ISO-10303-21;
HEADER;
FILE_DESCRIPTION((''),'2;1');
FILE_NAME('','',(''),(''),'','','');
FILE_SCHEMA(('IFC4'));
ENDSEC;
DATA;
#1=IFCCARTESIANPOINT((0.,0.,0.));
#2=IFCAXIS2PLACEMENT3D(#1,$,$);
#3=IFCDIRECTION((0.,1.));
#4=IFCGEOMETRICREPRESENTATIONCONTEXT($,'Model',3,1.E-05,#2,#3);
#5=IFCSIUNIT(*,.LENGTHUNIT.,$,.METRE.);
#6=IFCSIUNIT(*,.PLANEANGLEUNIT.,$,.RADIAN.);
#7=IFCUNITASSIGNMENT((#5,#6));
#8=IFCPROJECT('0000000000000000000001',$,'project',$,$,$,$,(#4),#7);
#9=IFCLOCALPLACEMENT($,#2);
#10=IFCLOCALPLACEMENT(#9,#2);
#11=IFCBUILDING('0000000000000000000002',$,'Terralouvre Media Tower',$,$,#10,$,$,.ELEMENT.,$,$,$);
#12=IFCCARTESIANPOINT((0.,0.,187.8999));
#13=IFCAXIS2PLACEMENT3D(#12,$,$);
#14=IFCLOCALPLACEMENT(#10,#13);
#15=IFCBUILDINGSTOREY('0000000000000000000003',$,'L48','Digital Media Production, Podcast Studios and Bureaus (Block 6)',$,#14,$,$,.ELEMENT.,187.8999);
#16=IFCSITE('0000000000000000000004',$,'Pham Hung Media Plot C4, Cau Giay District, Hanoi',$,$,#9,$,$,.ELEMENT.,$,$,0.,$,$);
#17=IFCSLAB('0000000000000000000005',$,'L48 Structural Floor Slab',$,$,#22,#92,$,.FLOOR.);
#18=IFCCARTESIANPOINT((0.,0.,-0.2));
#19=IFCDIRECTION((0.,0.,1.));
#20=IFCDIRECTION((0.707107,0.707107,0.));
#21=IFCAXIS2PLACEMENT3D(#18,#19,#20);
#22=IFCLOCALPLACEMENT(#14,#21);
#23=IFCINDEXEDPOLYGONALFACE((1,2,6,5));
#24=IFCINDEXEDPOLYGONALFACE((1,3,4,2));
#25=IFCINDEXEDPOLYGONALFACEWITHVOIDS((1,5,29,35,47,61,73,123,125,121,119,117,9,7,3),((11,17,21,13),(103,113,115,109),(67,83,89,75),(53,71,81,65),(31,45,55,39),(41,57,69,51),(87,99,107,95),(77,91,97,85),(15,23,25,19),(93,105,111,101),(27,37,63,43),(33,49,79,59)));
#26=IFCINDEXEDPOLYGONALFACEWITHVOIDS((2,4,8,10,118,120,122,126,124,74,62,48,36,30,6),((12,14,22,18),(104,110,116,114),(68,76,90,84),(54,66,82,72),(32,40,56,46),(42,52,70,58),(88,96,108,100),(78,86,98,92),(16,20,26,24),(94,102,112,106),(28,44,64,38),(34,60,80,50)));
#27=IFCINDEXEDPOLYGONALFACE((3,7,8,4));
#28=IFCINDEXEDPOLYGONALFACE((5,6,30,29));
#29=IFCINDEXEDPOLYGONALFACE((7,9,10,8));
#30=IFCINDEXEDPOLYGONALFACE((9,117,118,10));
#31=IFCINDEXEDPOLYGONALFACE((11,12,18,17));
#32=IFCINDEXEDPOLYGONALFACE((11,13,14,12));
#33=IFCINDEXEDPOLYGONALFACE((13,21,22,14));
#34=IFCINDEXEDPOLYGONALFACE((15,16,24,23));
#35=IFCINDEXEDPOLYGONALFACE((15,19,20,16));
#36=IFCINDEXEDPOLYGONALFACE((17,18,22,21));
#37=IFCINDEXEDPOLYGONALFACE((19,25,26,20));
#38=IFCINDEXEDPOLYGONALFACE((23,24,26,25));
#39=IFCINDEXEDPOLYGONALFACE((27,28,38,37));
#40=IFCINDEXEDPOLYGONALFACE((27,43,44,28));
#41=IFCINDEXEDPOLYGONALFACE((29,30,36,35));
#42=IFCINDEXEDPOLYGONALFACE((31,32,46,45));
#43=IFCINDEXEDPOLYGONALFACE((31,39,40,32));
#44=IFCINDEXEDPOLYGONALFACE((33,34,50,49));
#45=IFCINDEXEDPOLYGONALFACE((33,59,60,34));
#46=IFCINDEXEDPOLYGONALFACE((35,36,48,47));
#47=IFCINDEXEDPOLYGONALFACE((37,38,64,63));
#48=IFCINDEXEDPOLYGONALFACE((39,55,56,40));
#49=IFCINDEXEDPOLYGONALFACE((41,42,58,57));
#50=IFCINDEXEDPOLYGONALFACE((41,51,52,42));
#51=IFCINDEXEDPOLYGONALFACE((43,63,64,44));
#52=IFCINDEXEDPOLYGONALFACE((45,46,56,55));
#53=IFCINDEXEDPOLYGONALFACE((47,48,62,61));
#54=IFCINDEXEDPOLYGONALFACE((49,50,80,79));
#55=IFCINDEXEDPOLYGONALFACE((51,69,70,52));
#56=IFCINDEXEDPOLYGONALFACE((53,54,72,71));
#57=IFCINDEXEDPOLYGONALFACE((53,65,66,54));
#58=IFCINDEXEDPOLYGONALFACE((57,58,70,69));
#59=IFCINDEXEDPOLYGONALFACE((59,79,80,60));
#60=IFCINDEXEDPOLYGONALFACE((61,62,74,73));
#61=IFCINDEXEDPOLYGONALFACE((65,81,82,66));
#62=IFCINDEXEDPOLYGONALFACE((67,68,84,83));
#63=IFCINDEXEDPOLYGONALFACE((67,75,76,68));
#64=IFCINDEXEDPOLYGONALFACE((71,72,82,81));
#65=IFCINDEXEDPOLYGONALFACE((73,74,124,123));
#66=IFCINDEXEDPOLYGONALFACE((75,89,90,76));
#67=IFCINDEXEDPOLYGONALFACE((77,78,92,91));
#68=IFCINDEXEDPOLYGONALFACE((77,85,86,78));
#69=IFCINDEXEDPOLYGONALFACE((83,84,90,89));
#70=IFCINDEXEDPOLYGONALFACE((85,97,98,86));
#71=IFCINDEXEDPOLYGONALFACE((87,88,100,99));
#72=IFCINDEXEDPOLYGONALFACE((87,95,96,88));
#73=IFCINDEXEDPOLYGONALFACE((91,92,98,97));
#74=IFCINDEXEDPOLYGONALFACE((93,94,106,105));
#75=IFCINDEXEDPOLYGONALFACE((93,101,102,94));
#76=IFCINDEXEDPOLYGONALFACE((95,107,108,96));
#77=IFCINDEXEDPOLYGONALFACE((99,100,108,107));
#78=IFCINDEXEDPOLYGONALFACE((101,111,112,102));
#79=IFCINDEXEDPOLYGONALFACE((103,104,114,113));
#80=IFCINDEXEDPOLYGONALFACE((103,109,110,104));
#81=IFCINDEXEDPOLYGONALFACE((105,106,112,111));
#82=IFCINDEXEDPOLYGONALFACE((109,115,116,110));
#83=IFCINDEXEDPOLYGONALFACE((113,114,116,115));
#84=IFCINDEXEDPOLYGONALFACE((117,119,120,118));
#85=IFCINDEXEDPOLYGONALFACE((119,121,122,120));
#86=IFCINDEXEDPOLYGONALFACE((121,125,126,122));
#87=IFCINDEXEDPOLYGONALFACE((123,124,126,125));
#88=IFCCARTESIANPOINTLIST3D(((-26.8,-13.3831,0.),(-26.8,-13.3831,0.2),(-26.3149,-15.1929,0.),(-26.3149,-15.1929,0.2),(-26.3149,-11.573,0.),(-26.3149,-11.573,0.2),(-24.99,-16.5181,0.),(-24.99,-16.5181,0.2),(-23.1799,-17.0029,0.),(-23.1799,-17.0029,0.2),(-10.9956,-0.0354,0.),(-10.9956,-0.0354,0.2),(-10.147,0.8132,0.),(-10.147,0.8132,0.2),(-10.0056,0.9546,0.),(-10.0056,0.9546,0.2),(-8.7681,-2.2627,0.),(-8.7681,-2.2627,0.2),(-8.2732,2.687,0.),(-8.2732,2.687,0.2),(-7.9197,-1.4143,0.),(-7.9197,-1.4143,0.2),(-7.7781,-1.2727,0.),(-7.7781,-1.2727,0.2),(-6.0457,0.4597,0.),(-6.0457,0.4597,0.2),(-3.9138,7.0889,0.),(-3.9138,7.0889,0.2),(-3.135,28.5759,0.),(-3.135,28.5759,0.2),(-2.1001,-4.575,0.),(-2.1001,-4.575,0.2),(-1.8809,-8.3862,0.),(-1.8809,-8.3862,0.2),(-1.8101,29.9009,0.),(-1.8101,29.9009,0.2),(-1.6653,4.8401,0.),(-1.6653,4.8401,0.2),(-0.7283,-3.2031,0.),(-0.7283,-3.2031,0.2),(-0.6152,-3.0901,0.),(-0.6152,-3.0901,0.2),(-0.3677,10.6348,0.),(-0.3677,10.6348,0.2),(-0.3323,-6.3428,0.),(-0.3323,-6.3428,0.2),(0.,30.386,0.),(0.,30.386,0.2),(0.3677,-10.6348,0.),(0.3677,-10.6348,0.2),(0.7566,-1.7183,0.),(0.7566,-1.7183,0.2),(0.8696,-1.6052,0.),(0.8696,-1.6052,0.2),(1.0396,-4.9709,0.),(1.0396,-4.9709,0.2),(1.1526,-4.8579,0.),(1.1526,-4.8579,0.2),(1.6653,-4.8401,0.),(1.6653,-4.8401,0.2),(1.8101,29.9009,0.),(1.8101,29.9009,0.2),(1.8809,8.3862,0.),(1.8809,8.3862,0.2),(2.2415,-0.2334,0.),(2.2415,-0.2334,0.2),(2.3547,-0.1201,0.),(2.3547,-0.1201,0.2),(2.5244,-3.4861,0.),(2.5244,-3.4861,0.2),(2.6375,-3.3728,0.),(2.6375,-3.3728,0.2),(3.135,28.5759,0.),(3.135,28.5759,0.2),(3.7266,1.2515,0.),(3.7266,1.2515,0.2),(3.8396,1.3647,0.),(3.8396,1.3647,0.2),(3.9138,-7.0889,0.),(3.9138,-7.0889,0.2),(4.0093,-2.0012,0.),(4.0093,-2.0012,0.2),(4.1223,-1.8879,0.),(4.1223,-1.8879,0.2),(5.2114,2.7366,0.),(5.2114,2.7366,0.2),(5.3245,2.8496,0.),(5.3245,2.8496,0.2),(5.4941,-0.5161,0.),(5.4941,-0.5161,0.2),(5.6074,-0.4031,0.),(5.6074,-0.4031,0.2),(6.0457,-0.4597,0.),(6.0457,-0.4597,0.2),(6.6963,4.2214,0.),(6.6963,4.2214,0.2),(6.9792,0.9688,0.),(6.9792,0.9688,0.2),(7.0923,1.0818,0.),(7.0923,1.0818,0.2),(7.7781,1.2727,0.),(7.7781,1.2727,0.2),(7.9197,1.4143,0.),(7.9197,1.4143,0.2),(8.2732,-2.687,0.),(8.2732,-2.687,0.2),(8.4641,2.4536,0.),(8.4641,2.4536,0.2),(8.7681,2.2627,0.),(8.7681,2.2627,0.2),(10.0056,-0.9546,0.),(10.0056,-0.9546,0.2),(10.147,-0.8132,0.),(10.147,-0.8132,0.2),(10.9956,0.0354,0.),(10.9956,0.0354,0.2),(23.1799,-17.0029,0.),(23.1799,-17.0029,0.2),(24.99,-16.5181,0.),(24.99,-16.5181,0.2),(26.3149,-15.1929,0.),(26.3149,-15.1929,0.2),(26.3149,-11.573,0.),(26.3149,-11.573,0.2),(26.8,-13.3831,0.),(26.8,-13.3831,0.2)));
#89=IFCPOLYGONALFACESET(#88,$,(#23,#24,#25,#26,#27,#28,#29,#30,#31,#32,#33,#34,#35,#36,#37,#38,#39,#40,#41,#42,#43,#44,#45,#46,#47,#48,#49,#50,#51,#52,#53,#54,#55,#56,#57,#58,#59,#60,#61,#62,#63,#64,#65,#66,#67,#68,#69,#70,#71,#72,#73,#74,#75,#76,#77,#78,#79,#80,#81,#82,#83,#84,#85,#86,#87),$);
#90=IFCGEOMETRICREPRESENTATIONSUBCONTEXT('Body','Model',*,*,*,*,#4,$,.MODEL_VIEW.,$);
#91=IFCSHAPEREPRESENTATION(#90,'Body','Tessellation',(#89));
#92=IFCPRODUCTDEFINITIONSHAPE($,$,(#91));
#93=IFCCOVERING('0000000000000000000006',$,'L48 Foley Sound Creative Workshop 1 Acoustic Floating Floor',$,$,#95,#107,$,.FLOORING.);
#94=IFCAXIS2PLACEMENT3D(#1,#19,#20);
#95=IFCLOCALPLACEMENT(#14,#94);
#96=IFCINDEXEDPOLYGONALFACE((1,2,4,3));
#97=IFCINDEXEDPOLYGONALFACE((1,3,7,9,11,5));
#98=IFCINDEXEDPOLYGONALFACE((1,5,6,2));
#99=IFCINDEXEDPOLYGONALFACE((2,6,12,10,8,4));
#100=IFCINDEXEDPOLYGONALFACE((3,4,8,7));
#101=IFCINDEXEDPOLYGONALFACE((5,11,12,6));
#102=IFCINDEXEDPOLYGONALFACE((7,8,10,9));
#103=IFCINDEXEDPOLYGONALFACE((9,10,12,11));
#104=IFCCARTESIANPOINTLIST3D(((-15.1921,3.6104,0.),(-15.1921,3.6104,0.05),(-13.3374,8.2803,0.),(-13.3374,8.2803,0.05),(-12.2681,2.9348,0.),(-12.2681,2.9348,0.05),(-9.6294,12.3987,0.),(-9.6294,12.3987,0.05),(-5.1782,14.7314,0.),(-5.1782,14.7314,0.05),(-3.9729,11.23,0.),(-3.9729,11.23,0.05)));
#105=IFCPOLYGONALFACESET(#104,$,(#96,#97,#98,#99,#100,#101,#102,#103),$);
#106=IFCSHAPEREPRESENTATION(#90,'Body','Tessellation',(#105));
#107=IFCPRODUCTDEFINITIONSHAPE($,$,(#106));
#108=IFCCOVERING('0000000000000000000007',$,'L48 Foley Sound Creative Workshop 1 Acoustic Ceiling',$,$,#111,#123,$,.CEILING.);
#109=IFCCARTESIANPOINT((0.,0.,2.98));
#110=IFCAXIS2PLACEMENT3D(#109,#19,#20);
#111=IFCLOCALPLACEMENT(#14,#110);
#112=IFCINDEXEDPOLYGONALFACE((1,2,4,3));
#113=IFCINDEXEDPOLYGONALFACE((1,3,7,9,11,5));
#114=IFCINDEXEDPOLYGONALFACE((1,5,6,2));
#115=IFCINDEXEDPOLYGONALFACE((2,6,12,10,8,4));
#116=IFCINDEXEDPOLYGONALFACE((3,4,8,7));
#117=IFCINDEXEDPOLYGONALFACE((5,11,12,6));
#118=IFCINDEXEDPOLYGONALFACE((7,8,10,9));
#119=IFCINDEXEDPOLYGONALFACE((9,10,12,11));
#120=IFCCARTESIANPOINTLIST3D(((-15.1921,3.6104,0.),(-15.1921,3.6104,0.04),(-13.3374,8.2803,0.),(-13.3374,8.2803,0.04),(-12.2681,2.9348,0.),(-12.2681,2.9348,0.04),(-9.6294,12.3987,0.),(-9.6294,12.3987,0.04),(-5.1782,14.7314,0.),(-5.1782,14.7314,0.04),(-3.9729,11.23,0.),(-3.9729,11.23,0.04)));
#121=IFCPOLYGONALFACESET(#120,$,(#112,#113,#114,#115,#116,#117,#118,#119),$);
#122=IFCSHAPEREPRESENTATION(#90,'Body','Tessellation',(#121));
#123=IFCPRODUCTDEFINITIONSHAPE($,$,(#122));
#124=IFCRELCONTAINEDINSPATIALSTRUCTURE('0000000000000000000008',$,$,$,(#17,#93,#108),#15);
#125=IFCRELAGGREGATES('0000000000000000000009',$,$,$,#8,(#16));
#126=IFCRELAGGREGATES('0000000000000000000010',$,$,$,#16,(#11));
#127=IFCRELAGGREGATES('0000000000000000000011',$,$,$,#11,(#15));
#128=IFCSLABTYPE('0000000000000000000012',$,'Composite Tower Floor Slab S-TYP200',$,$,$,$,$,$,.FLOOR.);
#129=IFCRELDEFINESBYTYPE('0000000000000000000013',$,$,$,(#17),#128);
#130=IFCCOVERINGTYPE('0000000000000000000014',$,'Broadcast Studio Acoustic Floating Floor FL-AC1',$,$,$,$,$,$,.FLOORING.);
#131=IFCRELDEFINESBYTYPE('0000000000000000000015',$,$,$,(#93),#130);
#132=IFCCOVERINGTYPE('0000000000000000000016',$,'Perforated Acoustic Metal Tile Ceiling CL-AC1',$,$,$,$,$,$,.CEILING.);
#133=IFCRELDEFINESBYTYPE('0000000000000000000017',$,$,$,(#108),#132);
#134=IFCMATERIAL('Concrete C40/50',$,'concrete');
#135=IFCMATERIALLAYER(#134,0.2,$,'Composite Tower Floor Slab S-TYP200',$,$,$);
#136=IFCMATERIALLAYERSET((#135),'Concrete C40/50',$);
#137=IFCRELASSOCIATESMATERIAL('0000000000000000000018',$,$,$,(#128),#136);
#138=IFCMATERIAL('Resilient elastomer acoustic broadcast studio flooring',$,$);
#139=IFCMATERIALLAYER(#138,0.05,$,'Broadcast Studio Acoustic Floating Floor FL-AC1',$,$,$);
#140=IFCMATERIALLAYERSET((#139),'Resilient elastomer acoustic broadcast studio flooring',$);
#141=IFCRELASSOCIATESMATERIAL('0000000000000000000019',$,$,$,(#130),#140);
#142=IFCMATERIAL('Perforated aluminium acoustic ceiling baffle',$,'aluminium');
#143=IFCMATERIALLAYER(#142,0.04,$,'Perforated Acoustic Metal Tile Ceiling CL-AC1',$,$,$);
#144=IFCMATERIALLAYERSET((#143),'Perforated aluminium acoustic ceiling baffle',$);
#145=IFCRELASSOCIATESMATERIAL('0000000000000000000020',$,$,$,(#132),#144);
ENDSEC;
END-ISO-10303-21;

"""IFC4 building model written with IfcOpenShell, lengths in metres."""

from ifc_helpers import new_model, si_unit, direction, frame, origin, place, context, subcontext, project, spatial, polyline, outline, extrude, material, layer, layer_set, type_object, element, save


model = new_model("IFC4")

# Units and contexts
model_context = context("Model", 3, precision=1e-05, world=origin(), true_north=direction((0.0, 1.0)))
body_context = subcontext(model_context, "Body", "Model", "MODEL_VIEW")
ifc_project = project(units=[si_unit("LENGTHUNIT", "METRE"), si_unit("PLANEANGLEUNIT", "RADIAN")], contexts=[model_context])

# Site, building, storey
site_placement = place(None, origin())
site = spatial("IfcSite", under=ifc_project, at=site_placement, Name="Pham Hung Media Plot C4, Cau Giay District, Hanoi", CompositionType="ELEMENT", RefElevation=0.0)
building_placement = place(site_placement, origin())
building = spatial("IfcBuilding", under=site, at=building_placement, Name="Terralouvre Media Tower", CompositionType="ELEMENT")
storey_placement = place(building_placement, frame((0.0, 0.0, 187.8999)))
storey = spatial("IfcBuildingStorey", under=building, at=storey_placement, Name="L48", Description="Digital Media Production, Podcast Studios and Bureaus (Block 6)", CompositionType="ELEMENT", Elevation=187.8999)

# Slab
ifc_material_1 = material(Name="Concrete C40/50", Category="concrete")
ifc_layer_1 = layer(ifc_material_1, 0.2, Name="Composite Tower Floor Slab S-TYP200")
ifc_layer_set_1 = layer_set([ifc_layer_1], Name="Concrete C40/50")
slab_type = type_object("IfcSlabType", Name="Composite Tower Floor Slab S-TYP200", PredefinedType="FLOOR", material=ifc_layer_set_1)
slab_placement = place(storey_placement, frame((0.0, 0.0, -0.2), z_axis=(0.0, 0.0, 1.0), x_axis=(0.707107, 0.707107, 0.0)))
element("IfcSlab", 1, at=slab_placement, inside=storey, type_object=slab_type, Name="L48 Structural Floor Slab", PredefinedType="FLOOR", context=body_context, shape_type="SweptSolid", body=[
    extrude(outline(polyline([(-26.3149, -11.573), (-26.8, -13.3831), (-26.3149, -15.1929), (-24.99, -16.5181), (-23.1799, -17.0029), (23.1799, -17.0029), (24.99, -16.5181), (26.3149, -15.1929), (26.8, -13.3831), (26.3149, -11.573), (3.135, 28.5759), (1.8101, 29.9009), (0.0, 30.386), (-1.8101, 29.9009), (-3.135, 28.5759), (-26.3149, -11.573)]), holes=[polyline([(-7.9197, -1.4143), (-8.7681, -2.2627), (-10.9956, -0.0354), (-10.147, 0.8132), (-7.9197, -1.4143)]), polyline([(-7.7781, -1.2727), (-10.0056, 0.9546), (-8.2732, 2.687), (-6.0457, 0.4597), (-7.7781, -1.2727)]), polyline([(4.1223, -1.8879), (2.3547, -0.1201), (3.7266, 1.2515), (5.4941, -0.5161), (4.1223, -1.8879)]), polyline([(6.9792, 0.9688), (5.6074, -0.4031), (3.8396, 1.3647), (5.2114, 2.7366), (6.9792, 0.9688)]), polyline([(-1.6653, 4.8401), (-3.9138, 7.0889), (-0.3677, 10.6348), (1.8809, 8.3862), (-1.6653, 4.8401)]), polyline([(7.0923, 1.0818), (5.3245, 2.8496), (6.6963, 4.2214), (8.4641, 2.4536), (7.0923, 1.0818)]), polyline([(-1.8809, -8.3862), (1.6653, -4.8401), (3.9138, -7.0889), (0.3677, -10.6348), (-1.8809, -8.3862)]), polyline([(-0.3323, -6.3428), (-2.1001, -4.575), (-0.7283, -3.2031), (1.0396, -4.9709), (-0.3323, -6.3428)]), polyline([(1.1526, -4.8579), (-0.6152, -3.0901), (0.7566, -1.7183), (2.5244, -3.4861), (1.1526, -4.8579)]), polyline([(4.0093, -2.0012), (2.6375, -3.3728), (0.8696, -1.6052), (2.2415, -0.2334), (4.0093, -2.0012)]), polyline([(8.2732, -2.687), (6.0457, -0.4597), (7.7781, 1.2727), (10.0056, -0.9546), (8.2732, -2.687)]), polyline([(10.147, -0.8132), (7.9197, 1.4143), (8.7681, 2.2627), (10.9956, 0.0354), (10.147, -0.8132)])]), origin(), (0.0, 0.0, 1.0), 0.2),
])

# Coverings
ifc_material_2 = material(Name="Resilient elastomer acoustic broadcast studio flooring")
ifc_layer_2 = layer(ifc_material_2, 0.05, Name="Broadcast Studio Acoustic Floating Floor FL-AC1")
ifc_layer_set_2 = layer_set([ifc_layer_2], Name="Resilient elastomer acoustic broadcast studio flooring")
covering_type_1 = type_object("IfcCoveringType", Name="Broadcast Studio Acoustic Floating Floor FL-AC1", PredefinedType="FLOORING", material=ifc_layer_set_2)
covering_1_placement = place(storey_placement, frame((0.0, 0.0, 0.0), z_axis=(0.0, 0.0, 1.0), x_axis=(0.707107, 0.707107, 0.0)))
element("IfcCovering", 2, at=covering_1_placement, inside=storey, type_object=covering_type_1, Name="L48 Foley Sound Creative Workshop 1 Acoustic Floating Floor", PredefinedType="FLOORING", context=body_context, shape_type="SweptSolid", body=[
    extrude(outline(polyline([(-9.6294, 12.3987), (-13.3374, 8.2803), (-15.1921, 3.6104), (-12.2681, 2.9348), (-3.9729, 11.23), (-5.1782, 14.7314), (-9.6294, 12.3987)])), origin(), (0.0, 0.0, 1.0), 0.05),
])
ifc_material_3 = material(Name="Perforated aluminium acoustic ceiling baffle", Category="aluminium")
ifc_layer_3 = layer(ifc_material_3, 0.04, Name="Perforated Acoustic Metal Tile Ceiling CL-AC1")
ifc_layer_set_3 = layer_set([ifc_layer_3], Name="Perforated aluminium acoustic ceiling baffle")
covering_type_2 = type_object("IfcCoveringType", Name="Perforated Acoustic Metal Tile Ceiling CL-AC1", PredefinedType="CEILING", material=ifc_layer_set_3)
covering_2_placement = place(storey_placement, frame((0.0, 0.0, 2.98), z_axis=(0.0, 0.0, 1.0), x_axis=(0.707107, 0.707107, 0.0)))
element("IfcCovering", 3, at=covering_2_placement, inside=storey, type_object=covering_type_2, Name="L48 Foley Sound Creative Workshop 1 Acoustic Ceiling", PredefinedType="CEILING", context=body_context, shape_type="SweptSolid", body=[
    extrude(outline(polyline([(-9.6294, 12.3987), (-13.3374, 8.2803), (-15.1921, 3.6104), (-12.2681, 2.9348), (-3.9729, 11.23), (-5.1782, 14.7314), (-9.6294, 12.3987)])), origin(), (0.0, 0.0, 1.0), 0.04),
])

save(model, "model.ifc")
